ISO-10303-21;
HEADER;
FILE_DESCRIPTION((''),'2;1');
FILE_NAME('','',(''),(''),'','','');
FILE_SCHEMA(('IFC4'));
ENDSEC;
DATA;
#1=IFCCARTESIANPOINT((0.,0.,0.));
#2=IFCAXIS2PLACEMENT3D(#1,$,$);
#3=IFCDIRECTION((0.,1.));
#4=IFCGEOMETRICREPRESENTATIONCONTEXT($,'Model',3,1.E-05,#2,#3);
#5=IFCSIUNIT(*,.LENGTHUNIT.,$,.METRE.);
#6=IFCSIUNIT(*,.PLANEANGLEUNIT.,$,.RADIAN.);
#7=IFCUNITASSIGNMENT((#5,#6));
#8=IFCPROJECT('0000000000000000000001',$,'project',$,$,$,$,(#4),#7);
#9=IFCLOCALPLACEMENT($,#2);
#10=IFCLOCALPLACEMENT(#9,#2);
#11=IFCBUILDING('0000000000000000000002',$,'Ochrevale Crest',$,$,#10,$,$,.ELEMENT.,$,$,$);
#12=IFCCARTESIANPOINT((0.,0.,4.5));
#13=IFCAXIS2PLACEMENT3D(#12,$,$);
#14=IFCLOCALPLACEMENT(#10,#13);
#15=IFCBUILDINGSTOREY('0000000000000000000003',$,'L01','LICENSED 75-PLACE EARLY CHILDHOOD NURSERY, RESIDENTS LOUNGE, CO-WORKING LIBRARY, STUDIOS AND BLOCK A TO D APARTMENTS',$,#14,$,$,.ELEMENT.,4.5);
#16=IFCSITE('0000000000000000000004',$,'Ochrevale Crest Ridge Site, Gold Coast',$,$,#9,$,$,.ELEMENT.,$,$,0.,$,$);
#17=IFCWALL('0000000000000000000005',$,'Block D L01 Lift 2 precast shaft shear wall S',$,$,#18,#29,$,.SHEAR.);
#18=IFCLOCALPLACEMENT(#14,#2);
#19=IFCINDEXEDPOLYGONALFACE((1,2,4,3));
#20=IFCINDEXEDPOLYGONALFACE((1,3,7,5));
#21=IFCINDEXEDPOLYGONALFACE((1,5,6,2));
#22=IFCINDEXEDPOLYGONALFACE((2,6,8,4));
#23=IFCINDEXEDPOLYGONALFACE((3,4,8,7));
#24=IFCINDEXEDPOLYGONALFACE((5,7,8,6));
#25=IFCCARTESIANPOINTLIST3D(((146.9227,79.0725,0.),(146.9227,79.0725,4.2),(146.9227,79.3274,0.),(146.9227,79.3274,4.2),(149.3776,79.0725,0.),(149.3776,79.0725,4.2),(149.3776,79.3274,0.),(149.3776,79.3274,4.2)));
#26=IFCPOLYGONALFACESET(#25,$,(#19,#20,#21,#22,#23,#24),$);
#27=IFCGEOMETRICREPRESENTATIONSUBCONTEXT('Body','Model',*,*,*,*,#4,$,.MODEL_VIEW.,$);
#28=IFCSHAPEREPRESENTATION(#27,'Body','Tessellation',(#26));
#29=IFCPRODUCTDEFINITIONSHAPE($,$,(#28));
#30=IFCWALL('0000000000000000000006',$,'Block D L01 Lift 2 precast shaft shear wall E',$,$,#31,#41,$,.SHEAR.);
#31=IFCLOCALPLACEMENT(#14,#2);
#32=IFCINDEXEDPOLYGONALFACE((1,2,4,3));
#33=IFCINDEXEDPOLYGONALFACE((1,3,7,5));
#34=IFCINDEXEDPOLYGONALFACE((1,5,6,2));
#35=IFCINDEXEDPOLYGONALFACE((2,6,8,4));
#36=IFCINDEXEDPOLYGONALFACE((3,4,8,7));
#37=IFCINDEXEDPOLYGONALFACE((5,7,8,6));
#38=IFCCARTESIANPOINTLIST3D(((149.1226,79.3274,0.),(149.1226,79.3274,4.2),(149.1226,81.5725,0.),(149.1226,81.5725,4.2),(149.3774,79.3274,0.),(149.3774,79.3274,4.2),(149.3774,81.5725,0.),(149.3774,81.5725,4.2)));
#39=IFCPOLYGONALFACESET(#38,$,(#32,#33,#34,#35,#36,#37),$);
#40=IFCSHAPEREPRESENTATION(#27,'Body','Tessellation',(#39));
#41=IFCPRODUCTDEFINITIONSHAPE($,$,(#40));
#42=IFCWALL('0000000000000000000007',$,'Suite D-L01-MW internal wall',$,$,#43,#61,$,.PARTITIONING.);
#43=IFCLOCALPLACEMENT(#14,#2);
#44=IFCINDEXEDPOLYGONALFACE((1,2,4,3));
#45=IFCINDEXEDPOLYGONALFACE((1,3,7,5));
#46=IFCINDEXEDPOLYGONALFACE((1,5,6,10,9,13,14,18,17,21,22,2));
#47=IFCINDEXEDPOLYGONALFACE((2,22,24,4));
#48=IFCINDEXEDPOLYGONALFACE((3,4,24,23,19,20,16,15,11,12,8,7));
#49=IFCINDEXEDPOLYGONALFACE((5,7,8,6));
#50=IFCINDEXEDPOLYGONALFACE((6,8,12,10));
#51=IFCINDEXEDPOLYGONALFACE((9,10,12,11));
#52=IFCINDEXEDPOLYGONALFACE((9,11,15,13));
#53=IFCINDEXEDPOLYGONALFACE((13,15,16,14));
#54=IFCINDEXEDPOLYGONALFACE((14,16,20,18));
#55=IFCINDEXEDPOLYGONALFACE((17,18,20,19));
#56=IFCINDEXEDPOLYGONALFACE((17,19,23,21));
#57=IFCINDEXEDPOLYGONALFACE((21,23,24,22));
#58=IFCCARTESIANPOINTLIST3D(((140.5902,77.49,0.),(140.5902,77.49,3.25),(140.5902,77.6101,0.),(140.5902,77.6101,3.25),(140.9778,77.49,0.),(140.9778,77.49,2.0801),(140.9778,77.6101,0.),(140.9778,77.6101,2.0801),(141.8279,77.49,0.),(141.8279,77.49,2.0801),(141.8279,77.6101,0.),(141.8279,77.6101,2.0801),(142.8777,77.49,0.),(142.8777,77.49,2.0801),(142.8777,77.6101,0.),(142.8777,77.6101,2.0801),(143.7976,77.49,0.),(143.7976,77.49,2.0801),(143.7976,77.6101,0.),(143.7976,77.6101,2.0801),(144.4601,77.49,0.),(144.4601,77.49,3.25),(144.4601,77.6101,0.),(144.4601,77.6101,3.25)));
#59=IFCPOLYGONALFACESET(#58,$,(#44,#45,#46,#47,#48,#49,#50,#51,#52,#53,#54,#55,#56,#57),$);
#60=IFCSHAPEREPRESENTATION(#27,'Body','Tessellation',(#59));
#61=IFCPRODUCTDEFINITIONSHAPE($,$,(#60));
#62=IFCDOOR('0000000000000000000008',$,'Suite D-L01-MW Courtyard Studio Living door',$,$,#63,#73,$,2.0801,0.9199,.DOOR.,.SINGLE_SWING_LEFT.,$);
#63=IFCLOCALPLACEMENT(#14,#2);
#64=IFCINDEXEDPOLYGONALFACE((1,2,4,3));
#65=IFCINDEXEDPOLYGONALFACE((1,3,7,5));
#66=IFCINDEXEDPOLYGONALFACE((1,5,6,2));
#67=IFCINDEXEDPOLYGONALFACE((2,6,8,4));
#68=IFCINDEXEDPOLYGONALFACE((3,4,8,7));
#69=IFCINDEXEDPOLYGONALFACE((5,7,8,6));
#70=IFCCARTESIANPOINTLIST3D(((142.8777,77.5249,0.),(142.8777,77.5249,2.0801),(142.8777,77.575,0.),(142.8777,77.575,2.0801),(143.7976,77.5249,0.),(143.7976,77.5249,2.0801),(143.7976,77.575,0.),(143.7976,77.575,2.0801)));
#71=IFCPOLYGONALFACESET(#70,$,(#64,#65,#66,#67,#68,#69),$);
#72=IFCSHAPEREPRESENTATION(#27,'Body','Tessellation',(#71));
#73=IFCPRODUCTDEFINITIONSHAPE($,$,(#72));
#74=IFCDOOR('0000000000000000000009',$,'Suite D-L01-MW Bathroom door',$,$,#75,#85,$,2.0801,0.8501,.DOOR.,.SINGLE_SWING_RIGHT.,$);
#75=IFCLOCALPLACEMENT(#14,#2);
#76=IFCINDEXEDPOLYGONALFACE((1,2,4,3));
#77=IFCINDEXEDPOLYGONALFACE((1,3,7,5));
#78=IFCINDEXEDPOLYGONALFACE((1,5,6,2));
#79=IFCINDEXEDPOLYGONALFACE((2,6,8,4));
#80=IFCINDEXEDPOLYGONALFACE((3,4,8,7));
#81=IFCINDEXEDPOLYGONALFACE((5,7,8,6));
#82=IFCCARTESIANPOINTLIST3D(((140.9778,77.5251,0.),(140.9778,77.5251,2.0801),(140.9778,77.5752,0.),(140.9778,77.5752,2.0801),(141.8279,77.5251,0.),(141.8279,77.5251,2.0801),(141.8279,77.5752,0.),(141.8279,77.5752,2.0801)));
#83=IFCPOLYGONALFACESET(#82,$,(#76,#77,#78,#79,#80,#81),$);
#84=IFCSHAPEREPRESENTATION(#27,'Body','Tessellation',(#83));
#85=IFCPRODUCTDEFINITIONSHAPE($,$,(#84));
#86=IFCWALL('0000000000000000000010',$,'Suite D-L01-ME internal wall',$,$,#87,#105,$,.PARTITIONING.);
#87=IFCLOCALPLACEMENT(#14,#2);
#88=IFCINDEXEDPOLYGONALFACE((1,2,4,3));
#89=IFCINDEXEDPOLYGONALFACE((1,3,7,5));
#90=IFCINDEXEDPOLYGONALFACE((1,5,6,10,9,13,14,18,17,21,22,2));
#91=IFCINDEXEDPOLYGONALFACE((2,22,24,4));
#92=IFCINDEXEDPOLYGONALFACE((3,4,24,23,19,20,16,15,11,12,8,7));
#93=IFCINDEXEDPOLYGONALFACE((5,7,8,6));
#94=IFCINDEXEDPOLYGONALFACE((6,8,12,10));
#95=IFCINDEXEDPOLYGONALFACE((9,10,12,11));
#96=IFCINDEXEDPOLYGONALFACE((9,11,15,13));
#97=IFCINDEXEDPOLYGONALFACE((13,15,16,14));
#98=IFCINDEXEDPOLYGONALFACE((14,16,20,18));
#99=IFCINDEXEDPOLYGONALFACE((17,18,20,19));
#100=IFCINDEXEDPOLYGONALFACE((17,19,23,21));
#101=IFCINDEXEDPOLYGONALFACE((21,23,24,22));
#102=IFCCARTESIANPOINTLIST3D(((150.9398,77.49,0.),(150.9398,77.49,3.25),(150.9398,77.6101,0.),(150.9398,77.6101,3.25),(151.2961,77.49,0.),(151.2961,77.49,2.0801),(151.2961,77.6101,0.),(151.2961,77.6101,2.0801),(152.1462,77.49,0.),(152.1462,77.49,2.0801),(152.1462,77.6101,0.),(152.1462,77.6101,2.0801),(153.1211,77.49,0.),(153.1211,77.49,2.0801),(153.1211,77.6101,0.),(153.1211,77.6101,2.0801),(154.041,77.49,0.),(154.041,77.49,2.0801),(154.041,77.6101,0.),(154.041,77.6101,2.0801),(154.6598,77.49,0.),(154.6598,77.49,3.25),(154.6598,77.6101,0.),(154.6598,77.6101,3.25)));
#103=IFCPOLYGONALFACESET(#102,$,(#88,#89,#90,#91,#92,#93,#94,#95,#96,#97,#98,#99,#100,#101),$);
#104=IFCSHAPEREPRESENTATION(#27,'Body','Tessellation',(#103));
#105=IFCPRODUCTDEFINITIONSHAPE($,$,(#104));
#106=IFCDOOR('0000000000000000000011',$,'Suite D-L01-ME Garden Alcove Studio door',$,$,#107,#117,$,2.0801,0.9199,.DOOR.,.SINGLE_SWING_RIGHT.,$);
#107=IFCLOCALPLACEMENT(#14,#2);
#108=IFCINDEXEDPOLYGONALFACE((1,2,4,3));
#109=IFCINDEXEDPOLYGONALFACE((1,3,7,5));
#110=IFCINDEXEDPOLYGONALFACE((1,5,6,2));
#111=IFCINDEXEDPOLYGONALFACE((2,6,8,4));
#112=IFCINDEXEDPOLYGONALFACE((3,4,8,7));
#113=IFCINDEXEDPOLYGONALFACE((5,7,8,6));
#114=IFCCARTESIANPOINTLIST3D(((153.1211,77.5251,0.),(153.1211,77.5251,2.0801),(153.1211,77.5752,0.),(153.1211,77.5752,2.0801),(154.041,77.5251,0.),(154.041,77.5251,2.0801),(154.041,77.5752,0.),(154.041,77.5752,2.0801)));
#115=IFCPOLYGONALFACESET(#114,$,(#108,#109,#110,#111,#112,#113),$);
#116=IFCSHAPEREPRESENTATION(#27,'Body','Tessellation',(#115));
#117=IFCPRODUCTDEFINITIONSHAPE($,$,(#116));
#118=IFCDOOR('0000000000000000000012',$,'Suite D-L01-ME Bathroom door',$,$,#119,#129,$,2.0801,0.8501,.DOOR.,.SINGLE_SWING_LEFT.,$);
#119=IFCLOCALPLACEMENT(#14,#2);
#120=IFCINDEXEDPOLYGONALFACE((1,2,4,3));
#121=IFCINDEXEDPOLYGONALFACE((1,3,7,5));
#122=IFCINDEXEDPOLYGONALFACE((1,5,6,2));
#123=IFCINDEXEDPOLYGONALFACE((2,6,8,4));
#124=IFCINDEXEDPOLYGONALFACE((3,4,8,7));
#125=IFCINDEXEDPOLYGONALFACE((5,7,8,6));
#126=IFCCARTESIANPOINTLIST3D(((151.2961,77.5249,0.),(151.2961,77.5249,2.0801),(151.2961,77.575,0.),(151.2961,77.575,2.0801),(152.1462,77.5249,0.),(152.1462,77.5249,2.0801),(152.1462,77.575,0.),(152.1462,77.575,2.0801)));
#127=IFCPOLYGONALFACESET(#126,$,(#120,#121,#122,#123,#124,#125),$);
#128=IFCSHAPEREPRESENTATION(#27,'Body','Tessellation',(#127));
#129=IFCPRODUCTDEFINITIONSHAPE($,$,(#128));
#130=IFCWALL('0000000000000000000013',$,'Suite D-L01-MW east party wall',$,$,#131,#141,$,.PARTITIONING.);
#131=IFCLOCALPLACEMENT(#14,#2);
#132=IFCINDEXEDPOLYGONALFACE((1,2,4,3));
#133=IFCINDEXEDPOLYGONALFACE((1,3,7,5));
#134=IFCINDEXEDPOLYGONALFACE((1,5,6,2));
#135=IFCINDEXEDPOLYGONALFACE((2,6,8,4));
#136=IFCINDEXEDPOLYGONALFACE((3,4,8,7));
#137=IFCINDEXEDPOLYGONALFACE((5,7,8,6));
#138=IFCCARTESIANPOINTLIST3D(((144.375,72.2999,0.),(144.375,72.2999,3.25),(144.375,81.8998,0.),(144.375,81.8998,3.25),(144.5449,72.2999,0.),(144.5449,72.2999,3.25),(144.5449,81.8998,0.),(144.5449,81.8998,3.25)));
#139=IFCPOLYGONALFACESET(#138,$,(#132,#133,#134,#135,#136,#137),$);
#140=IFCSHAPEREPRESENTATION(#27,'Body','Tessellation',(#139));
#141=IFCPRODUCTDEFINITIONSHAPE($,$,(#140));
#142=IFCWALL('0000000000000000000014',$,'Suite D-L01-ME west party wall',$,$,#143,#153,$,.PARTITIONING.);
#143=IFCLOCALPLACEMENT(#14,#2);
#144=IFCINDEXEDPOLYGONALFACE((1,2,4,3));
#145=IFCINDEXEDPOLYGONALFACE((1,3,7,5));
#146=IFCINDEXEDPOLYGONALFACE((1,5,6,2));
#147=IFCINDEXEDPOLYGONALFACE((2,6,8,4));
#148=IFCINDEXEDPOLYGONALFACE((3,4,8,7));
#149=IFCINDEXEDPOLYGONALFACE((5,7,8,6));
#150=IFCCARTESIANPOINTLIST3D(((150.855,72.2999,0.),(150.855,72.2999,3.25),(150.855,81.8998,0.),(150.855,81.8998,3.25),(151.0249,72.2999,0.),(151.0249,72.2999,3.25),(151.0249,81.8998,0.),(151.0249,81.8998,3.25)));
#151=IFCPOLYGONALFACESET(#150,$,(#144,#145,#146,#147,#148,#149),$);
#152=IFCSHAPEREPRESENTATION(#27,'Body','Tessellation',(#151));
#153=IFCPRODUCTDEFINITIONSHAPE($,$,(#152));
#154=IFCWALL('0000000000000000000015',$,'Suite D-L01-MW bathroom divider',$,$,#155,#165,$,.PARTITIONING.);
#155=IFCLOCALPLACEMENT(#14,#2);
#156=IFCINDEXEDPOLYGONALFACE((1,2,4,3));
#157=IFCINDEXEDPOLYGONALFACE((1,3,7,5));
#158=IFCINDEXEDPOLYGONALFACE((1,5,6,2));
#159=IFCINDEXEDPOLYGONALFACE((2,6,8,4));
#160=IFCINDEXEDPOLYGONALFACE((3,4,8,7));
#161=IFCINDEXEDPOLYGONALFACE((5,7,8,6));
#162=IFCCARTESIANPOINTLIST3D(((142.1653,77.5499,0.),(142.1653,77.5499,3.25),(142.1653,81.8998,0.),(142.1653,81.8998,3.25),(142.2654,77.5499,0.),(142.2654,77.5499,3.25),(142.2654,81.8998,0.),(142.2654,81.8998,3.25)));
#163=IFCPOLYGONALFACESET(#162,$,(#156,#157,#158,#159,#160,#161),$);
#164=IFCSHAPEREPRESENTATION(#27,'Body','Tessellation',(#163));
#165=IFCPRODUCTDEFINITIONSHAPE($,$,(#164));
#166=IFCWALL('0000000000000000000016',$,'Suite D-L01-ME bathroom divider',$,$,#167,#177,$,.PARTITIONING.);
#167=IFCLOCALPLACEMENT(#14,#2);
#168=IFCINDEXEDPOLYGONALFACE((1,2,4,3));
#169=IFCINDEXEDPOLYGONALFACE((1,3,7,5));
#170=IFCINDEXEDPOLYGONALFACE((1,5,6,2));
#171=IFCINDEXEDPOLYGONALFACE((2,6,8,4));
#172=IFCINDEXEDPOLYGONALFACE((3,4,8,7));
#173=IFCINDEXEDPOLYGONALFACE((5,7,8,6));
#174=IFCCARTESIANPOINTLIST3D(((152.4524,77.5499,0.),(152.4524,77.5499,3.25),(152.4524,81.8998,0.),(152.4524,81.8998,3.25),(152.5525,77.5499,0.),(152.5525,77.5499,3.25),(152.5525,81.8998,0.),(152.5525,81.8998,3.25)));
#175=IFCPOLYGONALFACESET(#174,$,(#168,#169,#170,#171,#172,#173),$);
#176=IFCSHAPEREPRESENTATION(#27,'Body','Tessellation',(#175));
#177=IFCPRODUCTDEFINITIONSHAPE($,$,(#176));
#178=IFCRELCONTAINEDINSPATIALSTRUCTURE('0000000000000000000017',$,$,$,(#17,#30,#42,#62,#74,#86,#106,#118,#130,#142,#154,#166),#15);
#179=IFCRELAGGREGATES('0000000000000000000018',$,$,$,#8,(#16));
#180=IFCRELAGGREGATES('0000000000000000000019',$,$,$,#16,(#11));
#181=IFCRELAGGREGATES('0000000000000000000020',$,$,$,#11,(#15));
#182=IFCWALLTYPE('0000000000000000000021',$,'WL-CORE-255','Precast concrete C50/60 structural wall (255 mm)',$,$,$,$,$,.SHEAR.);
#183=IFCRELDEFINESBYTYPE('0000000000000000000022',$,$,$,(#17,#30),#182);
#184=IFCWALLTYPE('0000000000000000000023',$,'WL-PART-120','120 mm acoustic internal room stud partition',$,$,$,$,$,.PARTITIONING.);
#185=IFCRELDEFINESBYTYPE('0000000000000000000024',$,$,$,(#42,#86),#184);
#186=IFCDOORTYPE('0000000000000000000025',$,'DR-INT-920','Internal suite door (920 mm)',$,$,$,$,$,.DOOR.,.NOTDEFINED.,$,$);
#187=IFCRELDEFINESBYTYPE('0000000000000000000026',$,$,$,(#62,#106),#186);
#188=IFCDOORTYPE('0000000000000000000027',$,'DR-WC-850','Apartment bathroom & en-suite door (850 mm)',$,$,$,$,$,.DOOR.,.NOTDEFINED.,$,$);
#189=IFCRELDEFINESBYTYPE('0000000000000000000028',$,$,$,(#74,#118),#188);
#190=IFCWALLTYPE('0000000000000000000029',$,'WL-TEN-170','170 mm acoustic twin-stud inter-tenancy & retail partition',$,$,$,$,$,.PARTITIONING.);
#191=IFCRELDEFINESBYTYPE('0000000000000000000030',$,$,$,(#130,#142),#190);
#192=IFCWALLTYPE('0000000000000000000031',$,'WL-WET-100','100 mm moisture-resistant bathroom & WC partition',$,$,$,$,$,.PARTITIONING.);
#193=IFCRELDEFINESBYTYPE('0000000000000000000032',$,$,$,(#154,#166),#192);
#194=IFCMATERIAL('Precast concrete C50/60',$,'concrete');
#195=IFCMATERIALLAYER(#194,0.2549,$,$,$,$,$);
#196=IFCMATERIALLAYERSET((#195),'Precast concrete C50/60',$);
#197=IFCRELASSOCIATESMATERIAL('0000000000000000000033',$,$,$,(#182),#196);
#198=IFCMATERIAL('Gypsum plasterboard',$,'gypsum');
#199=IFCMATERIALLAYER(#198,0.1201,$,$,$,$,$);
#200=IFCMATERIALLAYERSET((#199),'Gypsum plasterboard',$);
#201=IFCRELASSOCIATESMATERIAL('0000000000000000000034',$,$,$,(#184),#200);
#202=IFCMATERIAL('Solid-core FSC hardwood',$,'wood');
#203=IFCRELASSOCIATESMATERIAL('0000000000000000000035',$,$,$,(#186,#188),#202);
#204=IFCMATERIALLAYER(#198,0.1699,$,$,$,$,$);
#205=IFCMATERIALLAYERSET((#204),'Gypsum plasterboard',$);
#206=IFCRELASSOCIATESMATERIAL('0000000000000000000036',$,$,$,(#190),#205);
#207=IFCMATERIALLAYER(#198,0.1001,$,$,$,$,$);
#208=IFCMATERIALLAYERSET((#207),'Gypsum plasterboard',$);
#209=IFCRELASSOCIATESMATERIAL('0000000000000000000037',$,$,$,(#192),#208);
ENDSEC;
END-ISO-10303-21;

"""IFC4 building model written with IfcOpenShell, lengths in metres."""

from ifc_helpers import new_model, si_unit, direction, frame, frame_2d, origin, place, context, subcontext, project, spatial, rectangle, extrude, material, layer, layer_set, type_object, element, fill, save


model = new_model("IFC4")

# Units and contexts
model_context = context("Model", 3, precision=1e-05, world=origin(), true_north=direction((0.0, 1.0)))
body_context = subcontext(model_context, "Body", "Model", "MODEL_VIEW")
ifc_project = project(units=[si_unit("LENGTHUNIT", "METRE"), si_unit("PLANEANGLEUNIT", "RADIAN")], contexts=[model_context])

# Site, building, storey
site_placement = place(None, origin())
site = spatial("IfcSite", under=ifc_project, at=site_placement, Name="Ochrevale Crest Ridge Site, Gold Coast", CompositionType="ELEMENT", RefElevation=0.0)
building_placement = place(site_placement, origin())
building = spatial("IfcBuilding", under=site, at=building_placement, Name="Ochrevale Crest", CompositionType="ELEMENT")
storey_placement = place(building_placement, frame((0.0, 0.0, 4.5)))
storey = spatial("IfcBuildingStorey", under=building, at=storey_placement, Name="L01", Description="LICENSED 75-PLACE EARLY CHILDHOOD NURSERY, RESIDENTS LOUNGE, CO-WORKING LIBRARY, STUDIOS AND BLOCK A TO D APARTMENTS", CompositionType="ELEMENT", Elevation=4.5)

# Shared definitions
ifc_material_1 = material(Name="Precast concrete C50/60", Category="concrete")

# Walls
ifc_layer_1 = layer(ifc_material_1, 0.2549)
ifc_layer_set_1 = layer_set([ifc_layer_1], Name="Precast concrete C50/60")
wall_type_1 = type_object("IfcWallType", Name="WL-CORE-255", Description="Precast concrete C50/60 structural wall (255 mm)", PredefinedType="SHEAR", material=ifc_layer_set_1)
wall_1_placement = place(storey_placement, frame((146.9226, 79.2, 0.0), z_axis=(0.0, 0.0, 1.0), x_axis=(1.0, 0.0, 0.0)))
element("IfcWall", 1, at=wall_1_placement, inside=storey, type_object=wall_type_1, Name="Block D L01 Lift 2 precast shaft shear wall S", PredefinedType="SHEAR", context=body_context, shape_type="SweptSolid", body=[
    extrude(rectangle(XDim=2.4548, YDim=0.2549, at=frame_2d((1.2275, 0.0))), origin(), (0.0, 0.0, 1.0), 4.2),
])
wall_2_placement = place(storey_placement, frame((149.25, 79.3274, 0.0), z_axis=(0.0, 0.0, 1.0), x_axis=(0.0, 1.0, 0.0)))
element("IfcWall", 2, at=wall_2_placement, inside=storey, type_object=wall_type_1, Name="Block D L01 Lift 2 precast shaft shear wall E", PredefinedType="SHEAR", context=body_context, shape_type="SweptSolid", body=[
    extrude(rectangle(XDim=2.2451, YDim=0.2549, at=frame_2d((1.1226, 0.0))), origin(), (0.0, 0.0, 1.0), 4.2),
])

# Walls, openings, doors
ifc_material_2 = material(Name="Gypsum plasterboard", Category="gypsum")
ifc_layer_2 = layer(ifc_material_2, 0.1201)
ifc_layer_set_2 = layer_set([ifc_layer_2], Name="Gypsum plasterboard")
wall_type_2 = type_object("IfcWallType", Name="WL-PART-120", Description="120 mm acoustic internal room stud partition", PredefinedType="PARTITIONING", material=ifc_layer_set_2)
wall_3_placement = place(storey_placement, frame((140.5901, 77.55, 0.0), z_axis=(0.0, 0.0, 1.0), x_axis=(1.0, 0.0, 0.0)))
wall_3 = element("IfcWall", 3, at=wall_3_placement, inside=storey, type_object=wall_type_2, Name="Suite D-L01-MW internal wall", PredefinedType="PARTITIONING", context=body_context, shape_type="SweptSolid", body=[
    extrude(rectangle(XDim=3.8699, YDim=0.1201, at=frame_2d((1.9351, 0.0))), origin(), (0.0, 0.0, 1.0), 3.25),
])
opening_1_placement = place(wall_3_placement, frame((1.2378, 0.0, 0.0), z_axis=(0.0, 0.0, 1.0), x_axis=(-1.0, 0.0, 0.0)))
opening_1 = element("IfcOpeningElement", 4, at=opening_1_placement, cuts=wall_3, PredefinedType="OPENING", context=body_context, shape_type="SweptSolid", body=[
    extrude(rectangle(XDim=0.8501, YDim=2.0801, at=frame_2d((0.425, 1.04))), frame((0.0, 0.0701, 0.0), z_axis=(0.0, -1.0, 0.0), x_axis=(1.0, 0.0, 0.0)), (0.0, 0.0, 1.0), 0.1401),
])
opening_2_placement = place(wall_3_placement, frame((2.2876, 0.0, 0.0)))
opening_2 = element("IfcOpeningElement", 5, at=opening_2_placement, cuts=wall_3, PredefinedType="OPENING", context=body_context, shape_type="SweptSolid", body=[
    extrude(rectangle(XDim=0.9199, YDim=2.0801, at=frame_2d((0.46, 1.04))), frame((0.0, 0.0701, 0.0), z_axis=(0.0, -1.0, 0.0), x_axis=(1.0, 0.0, 0.0)), (0.0, 0.0, 1.0), 0.1401),
])
ifc_material_3 = material(Name="Solid-core FSC hardwood", Category="wood")
door_type_1 = type_object("IfcDoorType", Name="DR-INT-920", Description="Internal suite door (920 mm)", OperationType="NOTDEFINED", PredefinedType="DOOR", material=ifc_material_3)
door_1_placement = place(opening_2_placement, origin())
door_1 = element("IfcDoor", 6, at=door_1_placement, inside=storey, type_object=door_type_1, Name="Suite D-L01-MW Courtyard Studio Living door", OperationType="SINGLE_SWING_LEFT", OverallHeight=2.0801, OverallWidth=0.9199, PredefinedType="DOOR", context=body_context, shape_type="SweptSolid", body=[
    extrude(rectangle(XDim=0.9199, YDim=2.0801, at=frame_2d((0.46, 1.04))), frame((0.0, 0.0249, 0.0), z_axis=(0.0, -1.0, 0.0), x_axis=(1.0, 0.0, 0.0)), (0.0, 0.0, 1.0), 0.05),
])
fill(opening_2, door_1)
door_type_2 = type_object("IfcDoorType", Name="DR-WC-850", Description="Apartment bathroom & en-suite door (850 mm)", OperationType="NOTDEFINED", PredefinedType="DOOR", material=ifc_material_3)
door_2_placement = place(opening_1_placement, origin())
door_2 = element("IfcDoor", 7, at=door_2_placement, inside=storey, type_object=door_type_2, Name="Suite D-L01-MW Bathroom door", OperationType="SINGLE_SWING_RIGHT", OverallHeight=2.0801, OverallWidth=0.8501, PredefinedType="DOOR", context=body_context, shape_type="SweptSolid", body=[
    extrude(rectangle(XDim=0.8501, YDim=2.0801, at=frame_2d((0.425, 1.04))), frame((0.0, 0.0249, 0.0), z_axis=(0.0, -1.0, 0.0), x_axis=(1.0, 0.0, 0.0)), (0.0, 0.0, 1.0), 0.05),
])
fill(opening_1, door_2)
wall_4_placement = place(storey_placement, frame((150.9399, 77.55, 0.0), z_axis=(0.0, 0.0, 1.0), x_axis=(1.0, 0.0, 0.0)))
wall_4 = element("IfcWall", 8, at=wall_4_placement, inside=storey, type_object=wall_type_2, Name="Suite D-L01-ME internal wall", PredefinedType="PARTITIONING", context=body_context, shape_type="SweptSolid", body=[
    extrude(rectangle(XDim=3.72, YDim=0.1201, at=frame_2d((1.8599, 0.0))), origin(), (0.0, 0.0, 1.0), 3.25),
])
opening_3_placement = place(wall_4_placement, frame((0.3562, 0.0, 0.0)))
opening_3 = element("IfcOpeningElement", 9, at=opening_3_placement, cuts=wall_4, PredefinedType="OPENING", context=body_context, shape_type="SweptSolid", body=[
    extrude(rectangle(XDim=0.8501, YDim=2.0801, at=frame_2d((0.425, 1.04))), frame((0.0, 0.0701, 0.0), z_axis=(0.0, -1.0, 0.0), x_axis=(1.0, 0.0, 0.0)), (0.0, 0.0, 1.0), 0.1401),
])
opening_4_placement = place(wall_4_placement, frame((3.1011, 0.0, 0.0), z_axis=(0.0, 0.0, 1.0), x_axis=(-1.0, 0.0, 0.0)))
opening_4 = element("IfcOpeningElement", 10, at=opening_4_placement, cuts=wall_4, PredefinedType="OPENING", context=body_context, shape_type="SweptSolid", body=[
    extrude(rectangle(XDim=0.9199, YDim=2.0801, at=frame_2d((0.46, 1.04))), frame((0.0, 0.0701, 0.0), z_axis=(0.0, -1.0, 0.0), x_axis=(1.0, 0.0, 0.0)), (0.0, 0.0, 1.0), 0.1401),
])
door_3_placement = place(opening_4_placement, origin())
door_3 = element("IfcDoor", 11, at=door_3_placement, inside=storey, type_object=door_type_1, Name="Suite D-L01-ME Garden Alcove Studio door", OperationType="SINGLE_SWING_RIGHT", OverallHeight=2.0801, OverallWidth=0.9199, PredefinedType="DOOR", context=body_context, shape_type="SweptSolid", body=[
    extrude(rectangle(XDim=0.9199, YDim=2.0801, at=frame_2d((0.46, 1.04))), frame((0.0, 0.0249, 0.0), z_axis=(0.0, -1.0, 0.0), x_axis=(1.0, 0.0, 0.0)), (0.0, 0.0, 1.0), 0.05),
])
fill(opening_4, door_3)
door_4_placement = place(opening_3_placement, origin())
door_4 = element("IfcDoor", 12, at=door_4_placement, inside=storey, type_object=door_type_2, Name="Suite D-L01-ME Bathroom door", OperationType="SINGLE_SWING_LEFT", OverallHeight=2.0801, OverallWidth=0.8501, PredefinedType="DOOR", context=body_context, shape_type="SweptSolid", body=[
    extrude(rectangle(XDim=0.8501, YDim=2.0801, at=frame_2d((0.425, 1.04))), frame((0.0, 0.0249, 0.0), z_axis=(0.0, -1.0, 0.0), x_axis=(1.0, 0.0, 0.0)), (0.0, 0.0, 1.0), 0.05),
])
fill(opening_3, door_4)

# Walls
ifc_layer_3 = layer(ifc_material_2, 0.1699)
ifc_layer_set_3 = layer_set([ifc_layer_3], Name="Gypsum plasterboard")
wall_type_3 = type_object("IfcWallType", Name="WL-TEN-170", Description="170 mm acoustic twin-stud inter-tenancy & retail partition", PredefinedType="PARTITIONING", material=ifc_layer_set_3)
for number, where, z_axis, x_axis, name in (
    (13, (144.46, 72.3, 0.0), (0.0, 0.0, 1.0), (0.0, 1.0, 0.0), "Suite D-L01-MW east party wall"),
    (14, (150.9399, 72.3, 0.0), (0.0, 0.0, 1.0), (0.0, 1.0, 0.0), "Suite D-L01-ME west party wall"),
):
    element("IfcWall", number, at=place(storey_placement, frame(where, z_axis=z_axis, x_axis=x_axis)), inside=storey, type_object=wall_type_3, Name=name, PredefinedType="PARTITIONING", context=body_context, shape_type="SweptSolid", body=[
        extrude(rectangle(XDim=9.5999, YDim=0.1699, at=frame_2d((4.7998, 0.0))), origin(), (0.0, 0.0, 1.0), 3.25),
    ])
ifc_layer_4 = layer(ifc_material_2, 0.1001)
ifc_layer_set_4 = layer_set([ifc_layer_4], Name="Gypsum plasterboard")
wall_type_4 = type_object("IfcWallType", Name="WL-WET-100", Description="100 mm moisture-resistant bathroom & WC partition", PredefinedType="PARTITIONING", material=ifc_layer_set_4)
for number, where, z_axis, x_axis, name in (
    (15, (142.2153, 77.55, 0.0), (0.0, 0.0, 1.0), (0.0, 1.0, 0.0), "Suite D-L01-MW bathroom divider"),
    (16, (152.5024, 77.55, 0.0), (0.0, 0.0, 1.0), (0.0, 1.0, 0.0), "Suite D-L01-ME bathroom divider"),
):
    element("IfcWall", number, at=place(storey_placement, frame(where, z_axis=z_axis, x_axis=x_axis)), inside=storey, type_object=wall_type_4, Name=name, PredefinedType="PARTITIONING", context=body_context, shape_type="SweptSolid", body=[
        extrude(rectangle(XDim=4.3499, YDim=0.1001, at=frame_2d((2.1748, 0.0))), origin(), (0.0, 0.0, 1.0), 3.25),
    ])

save(model, "model.ifc")
